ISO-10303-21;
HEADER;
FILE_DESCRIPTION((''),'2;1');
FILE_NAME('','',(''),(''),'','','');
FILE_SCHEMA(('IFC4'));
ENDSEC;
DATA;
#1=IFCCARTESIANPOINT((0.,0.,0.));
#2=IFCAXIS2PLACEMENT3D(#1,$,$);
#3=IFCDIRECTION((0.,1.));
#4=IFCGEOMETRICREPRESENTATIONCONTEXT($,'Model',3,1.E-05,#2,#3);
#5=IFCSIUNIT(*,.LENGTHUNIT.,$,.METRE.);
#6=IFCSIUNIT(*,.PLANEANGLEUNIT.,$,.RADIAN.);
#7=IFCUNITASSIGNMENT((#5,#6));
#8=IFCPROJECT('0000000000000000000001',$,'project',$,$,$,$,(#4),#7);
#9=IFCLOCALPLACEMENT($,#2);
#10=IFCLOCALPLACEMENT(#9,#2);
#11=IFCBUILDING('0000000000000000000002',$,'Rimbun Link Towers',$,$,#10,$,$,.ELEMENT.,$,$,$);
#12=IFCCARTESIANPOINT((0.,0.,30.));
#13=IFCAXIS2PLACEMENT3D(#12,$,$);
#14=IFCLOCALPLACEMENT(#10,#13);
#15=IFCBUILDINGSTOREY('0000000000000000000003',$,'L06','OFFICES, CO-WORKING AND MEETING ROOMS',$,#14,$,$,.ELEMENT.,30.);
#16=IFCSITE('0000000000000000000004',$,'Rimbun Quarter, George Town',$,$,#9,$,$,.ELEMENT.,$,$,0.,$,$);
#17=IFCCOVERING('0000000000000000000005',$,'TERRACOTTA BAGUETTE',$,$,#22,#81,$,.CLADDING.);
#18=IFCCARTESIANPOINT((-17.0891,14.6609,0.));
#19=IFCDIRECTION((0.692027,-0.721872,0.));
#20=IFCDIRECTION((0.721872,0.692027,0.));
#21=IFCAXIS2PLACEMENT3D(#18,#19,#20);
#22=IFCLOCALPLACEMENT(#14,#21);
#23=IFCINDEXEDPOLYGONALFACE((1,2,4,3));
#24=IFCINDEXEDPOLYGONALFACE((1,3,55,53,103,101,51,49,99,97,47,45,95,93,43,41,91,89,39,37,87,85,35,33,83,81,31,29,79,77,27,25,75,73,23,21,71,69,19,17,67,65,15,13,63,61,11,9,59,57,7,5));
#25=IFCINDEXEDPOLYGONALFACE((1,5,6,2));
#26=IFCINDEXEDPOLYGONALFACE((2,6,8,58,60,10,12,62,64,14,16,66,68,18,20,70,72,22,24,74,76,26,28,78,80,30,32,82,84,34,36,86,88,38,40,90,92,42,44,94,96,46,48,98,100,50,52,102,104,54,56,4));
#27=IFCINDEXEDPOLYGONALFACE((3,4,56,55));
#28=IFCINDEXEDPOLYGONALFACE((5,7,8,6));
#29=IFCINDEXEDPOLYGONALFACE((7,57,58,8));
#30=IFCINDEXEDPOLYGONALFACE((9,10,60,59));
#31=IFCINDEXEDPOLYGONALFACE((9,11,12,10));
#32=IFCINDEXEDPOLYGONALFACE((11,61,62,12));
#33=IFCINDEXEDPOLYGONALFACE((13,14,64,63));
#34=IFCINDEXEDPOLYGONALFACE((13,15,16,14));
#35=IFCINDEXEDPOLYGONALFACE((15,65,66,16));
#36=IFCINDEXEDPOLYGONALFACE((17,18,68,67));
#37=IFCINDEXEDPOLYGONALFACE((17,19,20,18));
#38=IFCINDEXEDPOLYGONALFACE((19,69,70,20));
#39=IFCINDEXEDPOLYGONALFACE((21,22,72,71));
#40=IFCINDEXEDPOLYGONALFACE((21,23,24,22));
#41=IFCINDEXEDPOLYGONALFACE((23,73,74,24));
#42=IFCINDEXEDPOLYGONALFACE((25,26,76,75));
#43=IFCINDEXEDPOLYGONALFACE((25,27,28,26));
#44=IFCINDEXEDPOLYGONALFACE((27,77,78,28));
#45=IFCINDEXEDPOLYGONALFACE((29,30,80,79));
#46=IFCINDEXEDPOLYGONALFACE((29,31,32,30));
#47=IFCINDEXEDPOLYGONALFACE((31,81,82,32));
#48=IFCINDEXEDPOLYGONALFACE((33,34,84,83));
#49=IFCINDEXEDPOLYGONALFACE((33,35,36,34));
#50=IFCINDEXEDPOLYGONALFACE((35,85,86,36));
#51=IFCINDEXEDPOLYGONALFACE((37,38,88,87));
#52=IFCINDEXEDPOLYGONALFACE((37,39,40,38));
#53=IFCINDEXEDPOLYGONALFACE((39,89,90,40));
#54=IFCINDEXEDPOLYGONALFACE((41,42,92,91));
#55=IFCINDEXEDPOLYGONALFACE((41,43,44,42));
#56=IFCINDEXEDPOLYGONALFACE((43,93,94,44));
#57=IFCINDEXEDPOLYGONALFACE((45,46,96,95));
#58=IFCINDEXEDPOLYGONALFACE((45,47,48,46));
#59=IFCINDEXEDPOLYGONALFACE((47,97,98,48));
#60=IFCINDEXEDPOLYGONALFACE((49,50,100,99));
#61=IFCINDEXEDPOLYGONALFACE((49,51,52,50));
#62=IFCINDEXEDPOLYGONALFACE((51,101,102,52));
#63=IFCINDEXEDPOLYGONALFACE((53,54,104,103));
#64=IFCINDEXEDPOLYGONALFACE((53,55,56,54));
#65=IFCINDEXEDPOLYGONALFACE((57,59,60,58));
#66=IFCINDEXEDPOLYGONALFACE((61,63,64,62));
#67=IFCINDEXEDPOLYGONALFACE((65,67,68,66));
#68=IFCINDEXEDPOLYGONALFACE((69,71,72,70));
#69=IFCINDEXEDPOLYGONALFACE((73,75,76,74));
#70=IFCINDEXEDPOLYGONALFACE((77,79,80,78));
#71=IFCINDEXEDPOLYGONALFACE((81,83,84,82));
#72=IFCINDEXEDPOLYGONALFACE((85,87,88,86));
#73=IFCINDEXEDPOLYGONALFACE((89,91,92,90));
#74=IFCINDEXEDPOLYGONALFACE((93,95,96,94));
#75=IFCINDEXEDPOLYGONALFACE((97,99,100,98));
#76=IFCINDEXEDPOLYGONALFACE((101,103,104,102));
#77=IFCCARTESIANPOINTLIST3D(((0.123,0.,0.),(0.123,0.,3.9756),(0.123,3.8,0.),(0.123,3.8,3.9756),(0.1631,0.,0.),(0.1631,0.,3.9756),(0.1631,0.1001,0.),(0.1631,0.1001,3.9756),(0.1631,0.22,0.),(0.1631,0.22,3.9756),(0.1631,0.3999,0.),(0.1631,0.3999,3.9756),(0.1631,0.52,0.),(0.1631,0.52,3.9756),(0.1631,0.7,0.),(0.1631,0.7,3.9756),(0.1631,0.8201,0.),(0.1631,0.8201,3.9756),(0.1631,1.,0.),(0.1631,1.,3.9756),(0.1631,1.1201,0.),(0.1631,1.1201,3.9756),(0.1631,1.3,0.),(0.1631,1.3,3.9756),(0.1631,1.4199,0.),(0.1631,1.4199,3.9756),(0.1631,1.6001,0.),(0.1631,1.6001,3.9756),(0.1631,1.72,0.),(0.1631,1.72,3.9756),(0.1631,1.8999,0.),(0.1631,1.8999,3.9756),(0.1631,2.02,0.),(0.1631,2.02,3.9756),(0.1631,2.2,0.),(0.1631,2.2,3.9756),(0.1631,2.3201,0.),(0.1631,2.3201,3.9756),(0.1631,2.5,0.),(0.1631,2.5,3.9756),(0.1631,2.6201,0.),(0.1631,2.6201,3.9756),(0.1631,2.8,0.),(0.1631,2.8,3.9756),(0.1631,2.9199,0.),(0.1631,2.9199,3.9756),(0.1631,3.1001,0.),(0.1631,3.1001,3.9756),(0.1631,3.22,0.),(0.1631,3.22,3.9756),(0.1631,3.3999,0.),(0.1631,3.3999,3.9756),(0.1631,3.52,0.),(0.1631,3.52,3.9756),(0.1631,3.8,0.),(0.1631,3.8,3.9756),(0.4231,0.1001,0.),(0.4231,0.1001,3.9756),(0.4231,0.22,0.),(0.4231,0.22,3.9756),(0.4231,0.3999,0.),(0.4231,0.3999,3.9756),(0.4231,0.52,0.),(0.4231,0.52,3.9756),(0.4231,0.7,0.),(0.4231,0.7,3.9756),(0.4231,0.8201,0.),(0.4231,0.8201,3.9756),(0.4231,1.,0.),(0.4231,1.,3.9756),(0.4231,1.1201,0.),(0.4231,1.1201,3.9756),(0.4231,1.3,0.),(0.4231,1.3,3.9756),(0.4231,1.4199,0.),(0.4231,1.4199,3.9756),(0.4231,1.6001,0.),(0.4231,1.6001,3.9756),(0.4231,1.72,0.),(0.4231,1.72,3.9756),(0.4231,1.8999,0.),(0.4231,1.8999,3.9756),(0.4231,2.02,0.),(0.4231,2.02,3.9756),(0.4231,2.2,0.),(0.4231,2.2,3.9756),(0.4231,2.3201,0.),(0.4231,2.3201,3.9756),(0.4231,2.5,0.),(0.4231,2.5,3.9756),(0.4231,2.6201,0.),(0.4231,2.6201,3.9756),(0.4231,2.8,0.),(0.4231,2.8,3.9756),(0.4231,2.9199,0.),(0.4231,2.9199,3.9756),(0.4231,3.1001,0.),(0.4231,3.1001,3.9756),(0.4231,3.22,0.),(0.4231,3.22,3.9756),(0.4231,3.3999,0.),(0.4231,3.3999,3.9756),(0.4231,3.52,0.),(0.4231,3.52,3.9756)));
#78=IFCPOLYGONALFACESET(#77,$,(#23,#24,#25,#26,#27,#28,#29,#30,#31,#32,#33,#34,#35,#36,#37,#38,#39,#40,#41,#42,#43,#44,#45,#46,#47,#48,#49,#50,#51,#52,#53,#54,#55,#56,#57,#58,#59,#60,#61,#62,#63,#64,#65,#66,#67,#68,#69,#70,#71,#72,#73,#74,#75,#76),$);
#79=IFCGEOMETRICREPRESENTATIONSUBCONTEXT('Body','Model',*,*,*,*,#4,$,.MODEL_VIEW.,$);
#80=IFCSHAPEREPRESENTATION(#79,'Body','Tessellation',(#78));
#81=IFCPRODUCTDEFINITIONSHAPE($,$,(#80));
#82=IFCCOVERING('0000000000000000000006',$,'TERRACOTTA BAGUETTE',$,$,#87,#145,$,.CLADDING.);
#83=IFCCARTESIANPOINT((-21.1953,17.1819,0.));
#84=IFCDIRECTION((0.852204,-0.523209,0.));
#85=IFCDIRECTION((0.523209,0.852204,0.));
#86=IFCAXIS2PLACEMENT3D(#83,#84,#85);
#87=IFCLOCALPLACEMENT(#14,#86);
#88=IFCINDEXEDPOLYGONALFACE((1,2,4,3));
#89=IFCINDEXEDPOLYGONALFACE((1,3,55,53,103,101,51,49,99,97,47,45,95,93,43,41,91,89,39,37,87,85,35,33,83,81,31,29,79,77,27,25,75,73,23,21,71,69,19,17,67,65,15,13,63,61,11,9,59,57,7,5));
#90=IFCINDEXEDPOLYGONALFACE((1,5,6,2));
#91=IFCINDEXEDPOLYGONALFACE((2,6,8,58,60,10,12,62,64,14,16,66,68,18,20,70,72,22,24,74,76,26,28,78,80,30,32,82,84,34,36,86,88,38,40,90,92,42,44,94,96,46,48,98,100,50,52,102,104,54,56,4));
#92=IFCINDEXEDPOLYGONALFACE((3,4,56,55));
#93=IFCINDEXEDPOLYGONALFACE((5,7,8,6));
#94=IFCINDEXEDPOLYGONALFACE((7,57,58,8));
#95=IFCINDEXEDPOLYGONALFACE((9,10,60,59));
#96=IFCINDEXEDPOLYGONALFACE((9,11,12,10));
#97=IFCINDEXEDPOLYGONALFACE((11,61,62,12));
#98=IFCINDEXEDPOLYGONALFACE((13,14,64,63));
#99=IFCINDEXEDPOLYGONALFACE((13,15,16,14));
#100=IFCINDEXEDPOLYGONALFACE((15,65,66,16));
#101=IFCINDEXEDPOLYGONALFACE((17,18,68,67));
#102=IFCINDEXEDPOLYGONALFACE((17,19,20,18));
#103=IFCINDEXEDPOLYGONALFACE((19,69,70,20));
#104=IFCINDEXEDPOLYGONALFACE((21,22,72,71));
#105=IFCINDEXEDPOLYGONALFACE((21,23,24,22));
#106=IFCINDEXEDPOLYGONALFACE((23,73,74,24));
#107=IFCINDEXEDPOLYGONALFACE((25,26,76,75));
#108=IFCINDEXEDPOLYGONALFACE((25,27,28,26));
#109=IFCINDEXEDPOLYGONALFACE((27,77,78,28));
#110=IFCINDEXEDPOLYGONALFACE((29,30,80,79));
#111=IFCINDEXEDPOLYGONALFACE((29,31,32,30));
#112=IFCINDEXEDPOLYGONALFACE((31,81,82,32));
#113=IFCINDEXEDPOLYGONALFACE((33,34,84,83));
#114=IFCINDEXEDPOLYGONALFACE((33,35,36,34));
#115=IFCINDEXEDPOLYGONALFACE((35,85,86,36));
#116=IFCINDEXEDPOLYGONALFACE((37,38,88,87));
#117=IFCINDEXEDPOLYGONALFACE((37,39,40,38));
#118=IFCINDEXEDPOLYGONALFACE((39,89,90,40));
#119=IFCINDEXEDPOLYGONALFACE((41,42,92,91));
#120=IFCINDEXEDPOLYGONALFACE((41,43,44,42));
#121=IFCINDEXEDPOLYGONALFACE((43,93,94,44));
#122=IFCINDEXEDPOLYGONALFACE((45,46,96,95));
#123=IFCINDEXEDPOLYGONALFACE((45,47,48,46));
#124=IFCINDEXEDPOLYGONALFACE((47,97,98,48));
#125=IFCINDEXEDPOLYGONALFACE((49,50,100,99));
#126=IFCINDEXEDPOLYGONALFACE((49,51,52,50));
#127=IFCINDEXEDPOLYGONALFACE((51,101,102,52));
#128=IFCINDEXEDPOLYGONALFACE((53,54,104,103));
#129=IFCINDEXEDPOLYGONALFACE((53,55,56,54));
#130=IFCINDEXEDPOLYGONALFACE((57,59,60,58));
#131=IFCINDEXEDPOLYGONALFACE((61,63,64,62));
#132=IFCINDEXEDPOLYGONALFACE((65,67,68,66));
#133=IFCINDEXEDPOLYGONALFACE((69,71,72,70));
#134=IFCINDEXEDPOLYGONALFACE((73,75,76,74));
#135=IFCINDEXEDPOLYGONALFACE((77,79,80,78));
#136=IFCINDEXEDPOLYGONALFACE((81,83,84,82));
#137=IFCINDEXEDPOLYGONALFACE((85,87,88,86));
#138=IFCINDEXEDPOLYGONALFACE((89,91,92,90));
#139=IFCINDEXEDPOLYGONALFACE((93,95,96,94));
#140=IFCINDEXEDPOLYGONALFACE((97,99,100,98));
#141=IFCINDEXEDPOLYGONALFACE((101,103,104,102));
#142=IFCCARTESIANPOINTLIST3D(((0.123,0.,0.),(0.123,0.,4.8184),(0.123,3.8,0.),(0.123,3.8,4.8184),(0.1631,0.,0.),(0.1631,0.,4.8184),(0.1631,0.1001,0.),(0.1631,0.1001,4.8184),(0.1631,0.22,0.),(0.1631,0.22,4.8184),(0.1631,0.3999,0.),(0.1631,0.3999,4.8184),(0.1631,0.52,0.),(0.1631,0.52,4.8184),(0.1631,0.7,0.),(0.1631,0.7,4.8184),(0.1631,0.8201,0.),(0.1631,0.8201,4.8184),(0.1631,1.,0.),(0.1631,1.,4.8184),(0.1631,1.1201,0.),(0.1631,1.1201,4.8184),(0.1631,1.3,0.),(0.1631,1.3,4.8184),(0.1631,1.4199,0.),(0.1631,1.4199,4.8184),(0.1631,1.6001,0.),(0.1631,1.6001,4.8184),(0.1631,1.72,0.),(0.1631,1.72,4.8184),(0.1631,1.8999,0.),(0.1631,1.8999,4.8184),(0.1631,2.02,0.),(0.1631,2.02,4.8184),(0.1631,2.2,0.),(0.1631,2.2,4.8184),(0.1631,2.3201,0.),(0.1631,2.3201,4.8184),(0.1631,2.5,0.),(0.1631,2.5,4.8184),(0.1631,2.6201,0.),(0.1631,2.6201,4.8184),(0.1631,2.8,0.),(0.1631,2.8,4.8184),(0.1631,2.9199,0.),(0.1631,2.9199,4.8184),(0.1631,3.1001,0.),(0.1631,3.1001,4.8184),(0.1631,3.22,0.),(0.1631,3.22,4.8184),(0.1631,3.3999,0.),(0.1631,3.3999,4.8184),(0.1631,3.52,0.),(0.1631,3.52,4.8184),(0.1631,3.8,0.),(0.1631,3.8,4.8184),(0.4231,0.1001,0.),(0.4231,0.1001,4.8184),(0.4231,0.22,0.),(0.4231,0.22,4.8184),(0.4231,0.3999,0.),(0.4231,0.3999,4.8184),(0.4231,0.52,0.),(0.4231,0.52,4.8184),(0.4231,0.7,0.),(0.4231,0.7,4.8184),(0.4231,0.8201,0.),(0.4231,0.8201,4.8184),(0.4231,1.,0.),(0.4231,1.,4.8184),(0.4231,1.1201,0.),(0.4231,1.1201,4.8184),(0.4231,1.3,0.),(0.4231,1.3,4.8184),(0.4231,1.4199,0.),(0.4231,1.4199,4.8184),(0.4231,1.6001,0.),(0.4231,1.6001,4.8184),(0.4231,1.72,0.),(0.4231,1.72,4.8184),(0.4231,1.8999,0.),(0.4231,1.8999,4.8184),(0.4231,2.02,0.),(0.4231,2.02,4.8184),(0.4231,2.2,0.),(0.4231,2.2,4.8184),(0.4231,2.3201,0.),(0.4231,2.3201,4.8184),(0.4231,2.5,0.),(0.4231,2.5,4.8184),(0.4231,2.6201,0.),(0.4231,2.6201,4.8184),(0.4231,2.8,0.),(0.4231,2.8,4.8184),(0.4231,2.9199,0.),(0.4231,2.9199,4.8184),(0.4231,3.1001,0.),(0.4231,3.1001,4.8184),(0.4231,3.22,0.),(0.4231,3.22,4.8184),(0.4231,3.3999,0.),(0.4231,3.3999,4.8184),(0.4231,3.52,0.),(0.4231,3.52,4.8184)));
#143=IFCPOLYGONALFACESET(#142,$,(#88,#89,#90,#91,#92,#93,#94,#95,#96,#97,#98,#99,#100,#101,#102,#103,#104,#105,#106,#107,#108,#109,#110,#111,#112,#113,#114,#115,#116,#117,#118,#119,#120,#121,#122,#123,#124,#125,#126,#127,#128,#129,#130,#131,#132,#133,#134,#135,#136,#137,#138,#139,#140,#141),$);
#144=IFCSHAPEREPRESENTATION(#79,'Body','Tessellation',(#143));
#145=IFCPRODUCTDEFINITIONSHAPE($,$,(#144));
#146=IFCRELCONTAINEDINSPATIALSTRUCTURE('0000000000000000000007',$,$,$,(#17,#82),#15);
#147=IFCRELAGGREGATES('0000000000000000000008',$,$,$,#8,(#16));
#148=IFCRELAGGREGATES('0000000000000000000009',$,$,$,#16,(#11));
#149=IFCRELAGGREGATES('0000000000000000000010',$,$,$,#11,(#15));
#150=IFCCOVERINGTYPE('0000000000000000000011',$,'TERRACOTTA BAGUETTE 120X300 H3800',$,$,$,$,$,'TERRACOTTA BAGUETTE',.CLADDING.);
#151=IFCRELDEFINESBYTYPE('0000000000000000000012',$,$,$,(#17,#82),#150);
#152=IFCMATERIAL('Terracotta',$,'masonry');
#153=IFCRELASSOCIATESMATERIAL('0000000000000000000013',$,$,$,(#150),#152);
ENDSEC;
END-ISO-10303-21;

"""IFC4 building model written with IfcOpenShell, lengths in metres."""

from ifc_helpers import new_model, si_unit, direction, frame, origin, place, context, subcontext, project, spatial, polyline, outline, extrude, material, material_profile, profile_set, type_object, element, save


model = new_model("IFC4")

# Units and contexts
model_context = context("Model", 3, precision=1e-05, world=origin(), true_north=direction((0.0, 1.0)))
body_context = subcontext(model_context, "Body", "Model", "MODEL_VIEW")
ifc_project = project(units=[si_unit("LENGTHUNIT", "METRE"), si_unit("PLANEANGLEUNIT", "RADIAN")], contexts=[model_context])

# Site, building, storey
site_placement = place(None, origin())
site = spatial("IfcSite", under=ifc_project, at=site_placement, Name="Rimbun Quarter, George Town", CompositionType="ELEMENT", RefElevation=0.0)
building_placement = place(site_placement, origin())
building = spatial("IfcBuilding", under=site, at=building_placement, Name="Rimbun Link Towers", CompositionType="ELEMENT")
storey_placement = place(building_placement, frame((0.0, 0.0, 30.0)))
storey = spatial("IfcBuildingStorey", under=building, at=storey_placement, Name="L06", Description="OFFICES, CO-WORKING AND MEETING ROOMS", CompositionType="ELEMENT", Elevation=30.0)

# Coverings
ifc_material_1 = material(Name="Terracotta", Category="masonry")
ifc_material_profile_1 = material_profile(ifc_material_1, outline(polyline([(0.123, 0.0), (0.1631, 0.0), (0.1631, 0.1001), (0.4231, 0.1001), (0.4231, 0.22), (0.1631, 0.22), (0.1631, 0.3999), (0.4231, 0.3999), (0.4231, 0.52), (0.1631, 0.52), (0.1631, 0.7), (0.4231, 0.7), (0.4231, 0.8201), (0.1631, 0.8201), (0.1631, 1.0), (0.4231, 1.0), (0.4231, 1.1201), (0.1631, 1.1201), (0.1631, 1.3), (0.4231, 1.3), (0.4231, 1.4199), (0.1631, 1.4199), (0.1631, 1.6001), (0.4231, 1.6001), (0.4231, 1.72), (0.1631, 1.72), (0.1631, 1.8999), (0.4231, 1.8999), (0.4231, 2.02), (0.1631, 2.02), (0.1631, 2.2), (0.4231, 2.2), (0.4231, 2.3201), (0.1631, 2.3201), (0.1631, 2.5), (0.4231, 2.5), (0.4231, 2.6201), (0.1631, 2.6201), (0.1631, 2.8), (0.4231, 2.8), (0.4231, 2.9199), (0.1631, 2.9199), (0.1631, 3.1001), (0.4231, 3.1001), (0.4231, 3.22), (0.1631, 3.22), (0.1631, 3.3999), (0.4231, 3.3999), (0.4231, 3.52), (0.1631, 3.52), (0.1631, 3.8), (0.123, 3.8), (0.123, 0.0)])), Name="BAGUETTE 120X300")
ifc_profile_set_1 = profile_set([ifc_material_profile_1], Name="Terracotta")
covering_type = type_object("IfcCoveringType", Name="TERRACOTTA BAGUETTE 120X300 H3800", ElementType="TERRACOTTA BAGUETTE", PredefinedType="CLADDING", material=ifc_profile_set_1)
covering_1_placement = place(storey_placement, frame((-17.0891, 14.6609, 0.0), z_axis=(0.692027, -0.721872, 0.0), x_axis=(0.721872, 0.692027, 0.0)))
element("IfcCovering", 1, at=covering_1_placement, inside=storey, type_object=covering_type, Name="TERRACOTTA BAGUETTE", PredefinedType="CLADDING", context=body_context, shape_type="SweptSolid", body=[
    extrude(outline(polyline([(0.123, 0.0), (0.1631, 0.0), (0.1631, 0.1001), (0.4231, 0.1001), (0.4231, 0.22), (0.1631, 0.22), (0.1631, 0.3999), (0.4231, 0.3999), (0.4231, 0.52), (0.1631, 0.52), (0.1631, 0.7), (0.4231, 0.7), (0.4231, 0.8201), (0.1631, 0.8201), (0.1631, 1.0), (0.4231, 1.0), (0.4231, 1.1201), (0.1631, 1.1201), (0.1631, 1.3), (0.4231, 1.3), (0.4231, 1.4199), (0.1631, 1.4199), (0.1631, 1.6001), (0.4231, 1.6001), (0.4231, 1.72), (0.1631, 1.72), (0.1631, 1.8999), (0.4231, 1.8999), (0.4231, 2.02), (0.1631, 2.02), (0.1631, 2.2), (0.4231, 2.2), (0.4231, 2.3201), (0.1631, 2.3201), (0.1631, 2.5), (0.4231, 2.5), (0.4231, 2.6201), (0.1631, 2.6201), (0.1631, 2.8), (0.4231, 2.8), (0.4231, 2.9199), (0.1631, 2.9199), (0.1631, 3.1001), (0.4231, 3.1001), (0.4231, 3.22), (0.1631, 3.22), (0.1631, 3.3999), (0.4231, 3.3999), (0.4231, 3.52), (0.1631, 3.52), (0.1631, 3.8), (0.123, 3.8), (0.123, 0.0)])), origin(), (0.0, 0.0, 1.0), 3.9756),
])
covering_2_placement = place(storey_placement, frame((-21.1953, 17.1819, 0.0), z_axis=(0.852204, -0.523209, 0.0), x_axis=(0.523209, 0.852204, 0.0)))
element("IfcCovering", 2, at=covering_2_placement, inside=storey, type_object=covering_type, Name="TERRACOTTA BAGUETTE", PredefinedType="CLADDING", context=body_context, shape_type="SweptSolid", body=[
    extrude(outline(polyline([(0.123, 0.0), (0.1631, 0.0), (0.1631, 0.1001), (0.4231, 0.1001), (0.4231, 0.22), (0.1631, 0.22), (0.1631, 0.3999), (0.4231, 0.3999), (0.4231, 0.52), (0.1631, 0.52), (0.1631, 0.7), (0.4231, 0.7), (0.4231, 0.8201), (0.1631, 0.8201), (0.1631, 1.0), (0.4231, 1.0), (0.4231, 1.1201), (0.1631, 1.1201), (0.1631, 1.3), (0.4231, 1.3), (0.4231, 1.4199), (0.1631, 1.4199), (0.1631, 1.6001), (0.4231, 1.6001), (0.4231, 1.72), (0.1631, 1.72), (0.1631, 1.8999), (0.4231, 1.8999), (0.4231, 2.02), (0.1631, 2.02), (0.1631, 2.2), (0.4231, 2.2), (0.4231, 2.3201), (0.1631, 2.3201), (0.1631, 2.5), (0.4231, 2.5), (0.4231, 2.6201), (0.1631, 2.6201), (0.1631, 2.8), (0.4231, 2.8), (0.4231, 2.9199), (0.1631, 2.9199), (0.1631, 3.1001), (0.4231, 3.1001), (0.4231, 3.22), (0.1631, 3.22), (0.1631, 3.3999), (0.4231, 3.3999), (0.4231, 3.52), (0.1631, 3.52), (0.1631, 3.8), (0.123, 3.8), (0.123, 0.0)])), origin(), (0.0, 0.0, 1.0), 4.8184),
])

save(model, "model.ifc")
